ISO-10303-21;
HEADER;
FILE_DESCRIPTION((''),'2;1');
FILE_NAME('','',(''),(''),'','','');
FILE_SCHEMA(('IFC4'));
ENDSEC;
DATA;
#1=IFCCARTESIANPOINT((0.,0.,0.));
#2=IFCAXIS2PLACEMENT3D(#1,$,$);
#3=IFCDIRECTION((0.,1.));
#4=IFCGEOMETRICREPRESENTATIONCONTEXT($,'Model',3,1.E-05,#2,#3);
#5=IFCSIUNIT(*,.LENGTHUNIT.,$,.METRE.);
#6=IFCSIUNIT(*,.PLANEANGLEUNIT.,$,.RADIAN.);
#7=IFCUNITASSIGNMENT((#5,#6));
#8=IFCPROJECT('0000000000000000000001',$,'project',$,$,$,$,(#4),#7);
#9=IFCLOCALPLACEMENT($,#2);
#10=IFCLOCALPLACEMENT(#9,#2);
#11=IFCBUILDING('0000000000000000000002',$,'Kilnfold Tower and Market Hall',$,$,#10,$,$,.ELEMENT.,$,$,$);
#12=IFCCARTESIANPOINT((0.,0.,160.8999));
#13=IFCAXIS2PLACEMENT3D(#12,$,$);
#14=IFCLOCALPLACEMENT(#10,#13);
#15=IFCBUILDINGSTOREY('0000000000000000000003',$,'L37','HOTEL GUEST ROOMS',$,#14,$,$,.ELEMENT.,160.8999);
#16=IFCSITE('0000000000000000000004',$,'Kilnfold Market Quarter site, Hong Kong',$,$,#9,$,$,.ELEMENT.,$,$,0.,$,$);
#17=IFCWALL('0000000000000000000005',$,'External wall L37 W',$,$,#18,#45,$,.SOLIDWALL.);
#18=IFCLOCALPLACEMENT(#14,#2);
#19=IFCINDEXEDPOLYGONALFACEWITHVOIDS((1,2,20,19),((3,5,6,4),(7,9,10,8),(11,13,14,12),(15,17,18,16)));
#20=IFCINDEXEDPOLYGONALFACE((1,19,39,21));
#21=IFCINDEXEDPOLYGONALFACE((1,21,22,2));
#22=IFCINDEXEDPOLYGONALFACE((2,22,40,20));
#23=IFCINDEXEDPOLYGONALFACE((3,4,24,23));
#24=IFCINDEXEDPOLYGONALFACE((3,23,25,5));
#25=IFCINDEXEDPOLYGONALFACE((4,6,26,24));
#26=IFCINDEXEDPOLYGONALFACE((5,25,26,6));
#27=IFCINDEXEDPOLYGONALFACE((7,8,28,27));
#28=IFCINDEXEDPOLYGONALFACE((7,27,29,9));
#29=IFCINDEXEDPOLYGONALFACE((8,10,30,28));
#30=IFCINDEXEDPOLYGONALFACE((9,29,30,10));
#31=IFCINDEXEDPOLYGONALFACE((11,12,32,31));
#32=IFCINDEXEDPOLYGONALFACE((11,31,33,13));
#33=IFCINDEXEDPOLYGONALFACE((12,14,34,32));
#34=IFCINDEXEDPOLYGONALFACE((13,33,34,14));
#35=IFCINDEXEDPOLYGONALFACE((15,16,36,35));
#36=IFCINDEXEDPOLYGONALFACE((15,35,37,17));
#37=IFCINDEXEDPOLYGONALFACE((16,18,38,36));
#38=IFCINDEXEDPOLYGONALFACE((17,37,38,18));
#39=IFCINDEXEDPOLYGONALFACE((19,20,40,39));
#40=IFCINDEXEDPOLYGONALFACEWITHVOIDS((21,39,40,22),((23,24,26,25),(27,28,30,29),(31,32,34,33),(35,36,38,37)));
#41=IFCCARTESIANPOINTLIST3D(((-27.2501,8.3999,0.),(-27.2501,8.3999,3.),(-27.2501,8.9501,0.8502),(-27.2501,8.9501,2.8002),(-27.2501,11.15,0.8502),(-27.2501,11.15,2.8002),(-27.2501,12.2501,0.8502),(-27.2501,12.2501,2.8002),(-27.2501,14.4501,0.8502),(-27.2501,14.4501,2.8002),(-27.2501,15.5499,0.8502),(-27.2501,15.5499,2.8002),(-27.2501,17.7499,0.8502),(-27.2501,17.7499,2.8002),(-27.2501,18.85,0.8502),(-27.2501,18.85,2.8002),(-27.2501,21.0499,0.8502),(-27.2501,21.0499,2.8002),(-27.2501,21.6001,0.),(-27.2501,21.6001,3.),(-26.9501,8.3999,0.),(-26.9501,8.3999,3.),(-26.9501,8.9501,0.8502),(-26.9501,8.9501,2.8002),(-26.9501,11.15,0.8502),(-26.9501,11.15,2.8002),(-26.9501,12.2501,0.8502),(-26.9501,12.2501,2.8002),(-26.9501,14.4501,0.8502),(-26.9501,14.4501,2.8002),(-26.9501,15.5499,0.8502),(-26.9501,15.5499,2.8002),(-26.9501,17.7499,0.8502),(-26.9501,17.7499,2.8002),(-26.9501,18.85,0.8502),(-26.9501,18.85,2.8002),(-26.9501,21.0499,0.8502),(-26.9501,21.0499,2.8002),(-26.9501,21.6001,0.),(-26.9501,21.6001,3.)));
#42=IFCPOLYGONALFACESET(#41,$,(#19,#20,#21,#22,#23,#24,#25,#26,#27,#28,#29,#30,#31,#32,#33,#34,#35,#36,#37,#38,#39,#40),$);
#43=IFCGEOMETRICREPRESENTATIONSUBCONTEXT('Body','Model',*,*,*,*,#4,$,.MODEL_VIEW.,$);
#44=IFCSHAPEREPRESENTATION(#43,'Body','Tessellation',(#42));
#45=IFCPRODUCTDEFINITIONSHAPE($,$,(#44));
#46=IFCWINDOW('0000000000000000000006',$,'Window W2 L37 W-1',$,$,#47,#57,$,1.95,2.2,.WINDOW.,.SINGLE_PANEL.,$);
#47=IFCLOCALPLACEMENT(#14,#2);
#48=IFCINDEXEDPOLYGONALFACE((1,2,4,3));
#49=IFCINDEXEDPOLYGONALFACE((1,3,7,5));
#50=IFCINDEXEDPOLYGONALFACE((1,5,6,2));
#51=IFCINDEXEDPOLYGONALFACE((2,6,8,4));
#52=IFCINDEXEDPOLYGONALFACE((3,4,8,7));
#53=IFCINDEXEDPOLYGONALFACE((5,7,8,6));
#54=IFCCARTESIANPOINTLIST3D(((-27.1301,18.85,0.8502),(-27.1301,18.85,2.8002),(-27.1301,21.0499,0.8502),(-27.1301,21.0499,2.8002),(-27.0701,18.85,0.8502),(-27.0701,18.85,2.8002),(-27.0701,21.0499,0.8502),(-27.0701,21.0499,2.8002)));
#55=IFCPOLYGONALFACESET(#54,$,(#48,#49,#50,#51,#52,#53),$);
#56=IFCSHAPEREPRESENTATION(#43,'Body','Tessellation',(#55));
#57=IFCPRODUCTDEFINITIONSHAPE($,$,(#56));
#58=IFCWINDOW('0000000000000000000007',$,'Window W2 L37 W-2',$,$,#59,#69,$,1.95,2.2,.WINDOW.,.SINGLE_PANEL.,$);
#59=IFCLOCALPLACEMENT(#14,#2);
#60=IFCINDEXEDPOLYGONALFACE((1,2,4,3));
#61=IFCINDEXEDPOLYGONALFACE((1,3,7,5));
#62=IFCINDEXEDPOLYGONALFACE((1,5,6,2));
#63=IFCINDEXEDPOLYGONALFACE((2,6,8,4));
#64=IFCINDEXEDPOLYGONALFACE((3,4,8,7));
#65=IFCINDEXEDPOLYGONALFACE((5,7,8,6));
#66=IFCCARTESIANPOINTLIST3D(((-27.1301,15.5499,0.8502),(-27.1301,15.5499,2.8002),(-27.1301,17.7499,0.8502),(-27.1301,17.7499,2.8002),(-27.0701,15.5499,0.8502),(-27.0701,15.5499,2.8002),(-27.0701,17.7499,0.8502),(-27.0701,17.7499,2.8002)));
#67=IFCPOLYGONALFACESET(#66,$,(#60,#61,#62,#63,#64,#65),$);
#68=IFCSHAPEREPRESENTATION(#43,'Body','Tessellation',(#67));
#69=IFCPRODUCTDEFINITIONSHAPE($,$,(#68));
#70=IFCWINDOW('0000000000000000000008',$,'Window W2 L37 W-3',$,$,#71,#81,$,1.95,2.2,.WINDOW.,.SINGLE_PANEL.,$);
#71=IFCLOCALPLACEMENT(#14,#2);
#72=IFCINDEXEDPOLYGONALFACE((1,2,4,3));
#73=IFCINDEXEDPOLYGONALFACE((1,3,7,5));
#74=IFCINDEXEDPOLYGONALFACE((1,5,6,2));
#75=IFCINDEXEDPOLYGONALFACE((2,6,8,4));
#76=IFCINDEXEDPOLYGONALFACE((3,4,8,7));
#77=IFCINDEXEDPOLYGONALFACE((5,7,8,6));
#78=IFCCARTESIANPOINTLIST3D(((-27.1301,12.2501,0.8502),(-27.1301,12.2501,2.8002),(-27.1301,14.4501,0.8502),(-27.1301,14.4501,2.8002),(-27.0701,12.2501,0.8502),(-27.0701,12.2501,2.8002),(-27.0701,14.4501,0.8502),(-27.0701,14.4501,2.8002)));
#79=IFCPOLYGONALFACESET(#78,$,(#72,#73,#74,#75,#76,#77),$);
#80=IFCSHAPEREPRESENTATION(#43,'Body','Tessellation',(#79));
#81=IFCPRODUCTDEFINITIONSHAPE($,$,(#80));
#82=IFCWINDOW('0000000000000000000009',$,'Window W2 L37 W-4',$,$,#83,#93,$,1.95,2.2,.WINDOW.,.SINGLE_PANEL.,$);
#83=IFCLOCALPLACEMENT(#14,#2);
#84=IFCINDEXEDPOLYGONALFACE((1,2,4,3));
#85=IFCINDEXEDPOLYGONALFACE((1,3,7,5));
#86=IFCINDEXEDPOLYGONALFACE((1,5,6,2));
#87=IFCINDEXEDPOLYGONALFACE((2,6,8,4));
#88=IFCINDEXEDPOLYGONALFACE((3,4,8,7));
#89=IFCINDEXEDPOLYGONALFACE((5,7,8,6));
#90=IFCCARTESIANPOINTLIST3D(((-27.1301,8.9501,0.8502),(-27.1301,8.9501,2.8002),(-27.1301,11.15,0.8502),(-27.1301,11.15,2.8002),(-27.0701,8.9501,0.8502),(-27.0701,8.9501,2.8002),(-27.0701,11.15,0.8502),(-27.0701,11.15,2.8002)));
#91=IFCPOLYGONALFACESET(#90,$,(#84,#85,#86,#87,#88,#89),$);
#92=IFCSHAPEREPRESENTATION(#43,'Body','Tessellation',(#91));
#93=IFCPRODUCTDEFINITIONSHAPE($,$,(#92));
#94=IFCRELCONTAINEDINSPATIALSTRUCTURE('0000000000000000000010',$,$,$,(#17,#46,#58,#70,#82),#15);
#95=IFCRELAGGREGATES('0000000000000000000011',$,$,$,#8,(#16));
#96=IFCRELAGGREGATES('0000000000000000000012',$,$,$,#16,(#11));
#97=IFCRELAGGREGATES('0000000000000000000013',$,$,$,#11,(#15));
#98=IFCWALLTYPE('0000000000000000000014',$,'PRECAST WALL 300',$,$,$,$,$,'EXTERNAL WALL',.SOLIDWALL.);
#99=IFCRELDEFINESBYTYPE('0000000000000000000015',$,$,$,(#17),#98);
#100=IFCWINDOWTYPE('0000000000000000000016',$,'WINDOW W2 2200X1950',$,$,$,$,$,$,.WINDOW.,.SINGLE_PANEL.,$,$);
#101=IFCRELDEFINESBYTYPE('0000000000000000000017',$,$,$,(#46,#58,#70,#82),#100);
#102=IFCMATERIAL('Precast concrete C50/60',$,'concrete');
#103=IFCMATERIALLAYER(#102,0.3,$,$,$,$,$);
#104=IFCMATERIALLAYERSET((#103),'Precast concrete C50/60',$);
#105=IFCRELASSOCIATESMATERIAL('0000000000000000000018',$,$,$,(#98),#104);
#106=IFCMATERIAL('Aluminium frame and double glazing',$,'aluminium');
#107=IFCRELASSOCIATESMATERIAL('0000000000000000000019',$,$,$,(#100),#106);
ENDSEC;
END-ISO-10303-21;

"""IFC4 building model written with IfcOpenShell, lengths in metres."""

from ifc_helpers import new_model, si_unit, direction, frame, frame_2d, origin, place, context, subcontext, project, spatial, rectangle, extrude, source, transform, mapped, material, layer, layer_set, type_object, element, fill, save


model = new_model("IFC4")

# Units and contexts
model_context = context("Model", 3, precision=1e-05, world=origin(), true_north=direction((0.0, 1.0)))
body_context = subcontext(model_context, "Body", "Model", "MODEL_VIEW")
ifc_project = project(units=[si_unit("LENGTHUNIT", "METRE"), si_unit("PLANEANGLEUNIT", "RADIAN")], contexts=[model_context])

# Site, building, storey
site_placement = place(None, origin())
site = spatial("IfcSite", under=ifc_project, at=site_placement, Name="Kilnfold Market Quarter site, Hong Kong", CompositionType="ELEMENT", RefElevation=0.0)
building_placement = place(site_placement, origin())
building = spatial("IfcBuilding", under=site, at=building_placement, Name="Kilnfold Tower and Market Hall", CompositionType="ELEMENT")
storey_placement = place(building_placement, frame((0.0, 0.0, 160.8999)))
storey = spatial("IfcBuildingStorey", under=building, at=storey_placement, Name="L37", Description="HOTEL GUEST ROOMS", CompositionType="ELEMENT", Elevation=160.8999)

# Wall, openings, windows
ifc_material_1 = material(Name="Precast concrete C50/60", Category="concrete")
ifc_layer_1 = layer(ifc_material_1, 0.3)
ifc_layer_set_1 = layer_set([ifc_layer_1], Name="Precast concrete C50/60")
wall_type_1 = type_object("IfcWallType", Name="PRECAST WALL 300", ElementType="EXTERNAL WALL", PredefinedType="SOLIDWALL", material=ifc_layer_set_1)
shared_shape_1 = source(origin(), body_context, "Body", "SweptSolid", [
    extrude(rectangle(XDim=13.2002, YDim=0.3, at=frame_2d((6.6001, 0.0))), origin(), (0.0, 0.0, 1.0), 3.0),
])
wall_1_placement = place(storey_placement, frame((-27.1001, 21.6001, 0.0), z_axis=(0.0, 0.0, 1.0), x_axis=(0.0, -1.0, 0.0)))
wall_1 = element("IfcWall", 1, at=wall_1_placement, inside=storey, type_object=wall_type_1, Name="External wall L37 W", PredefinedType="SOLIDWALL", context=body_context, shape_type="MappedRepresentation", body=[
    mapped(shared_shape_1, transform((0.0, 0.0, 0.0))),
])
opening_1_placement = place(wall_1_placement, frame((0.55, 0.0, 0.8501)))
opening_1 = element("IfcOpeningElement", 2, at=opening_1_placement, cuts=wall_1, PredefinedType="OPENING", context=body_context, shape_type="SweptSolid", body=[
    extrude(rectangle(XDim=2.2, YDim=1.95, at=frame_2d((1.1001, 0.9751))), frame((0.0, 0.1602, 0.0), z_axis=(0.0, -1.0, 0.0), x_axis=(1.0, 0.0, 0.0)), (0.0, 0.0, 1.0), 0.3201),
])
opening_2_placement = place(wall_1_placement, frame((3.8501, 0.0, 0.8501)))
opening_2 = element("IfcOpeningElement", 3, at=opening_2_placement, cuts=wall_1, PredefinedType="OPENING", context=body_context, shape_type="SweptSolid", body=[
    extrude(rectangle(XDim=2.2, YDim=1.95, at=frame_2d((1.1001, 0.9751))), frame((0.0, 0.1602, 0.0), z_axis=(0.0, -1.0, 0.0), x_axis=(1.0, 0.0, 0.0)), (0.0, 0.0, 1.0), 0.3201),
])
opening_3_placement = place(wall_1_placement, frame((7.1499, 0.0, 0.8501)))
opening_3 = element("IfcOpeningElement", 4, at=opening_3_placement, cuts=wall_1, PredefinedType="OPENING", context=body_context, shape_type="SweptSolid", body=[
    extrude(rectangle(XDim=2.2, YDim=1.95, at=frame_2d((1.1001, 0.9751))), frame((0.0, 0.1602, 0.0), z_axis=(0.0, -1.0, 0.0), x_axis=(1.0, 0.0, 0.0)), (0.0, 0.0, 1.0), 0.3201),
])
opening_4_placement = place(wall_1_placement, frame((10.45, 0.0, 0.8501)))
opening_4 = element("IfcOpeningElement", 5, at=opening_4_placement, cuts=wall_1, PredefinedType="OPENING", context=body_context, shape_type="SweptSolid", body=[
    extrude(rectangle(XDim=2.2, YDim=1.95, at=frame_2d((1.1001, 0.9751))), frame((0.0, 0.1602, 0.0), z_axis=(0.0, -1.0, 0.0), x_axis=(1.0, 0.0, 0.0)), (0.0, 0.0, 1.0), 0.3201),
])
ifc_material_2 = material(Name="Aluminium frame and double glazing", Category="aluminium")
window_type = type_object("IfcWindowType", Name="WINDOW W2 2200X1950", PartitioningType="SINGLE_PANEL", PredefinedType="WINDOW", material=ifc_material_2)
window_1_placement = place(opening_1_placement, origin())
window_1 = element("IfcWindow", 6, at=window_1_placement, inside=storey, type_object=window_type, Name="Window W2 L37 W-1", OverallHeight=1.95, OverallWidth=2.2, PartitioningType="SINGLE_PANEL", PredefinedType="WINDOW", context=body_context, shape_type="SweptSolid", body=[
    extrude(rectangle(XDim=2.2, YDim=1.95, at=frame_2d((1.1001, 0.9751))), frame((0.0, 0.03, 0.0), z_axis=(0.0, -1.0, 0.0), x_axis=(1.0, 0.0, 0.0)), (0.0, 0.0, 1.0), 0.0601),
])
fill(opening_1, window_1)
window_2_placement = place(opening_2_placement, origin())
window_2 = element("IfcWindow", 7, at=window_2_placement, inside=storey, type_object=window_type, Name="Window W2 L37 W-2", OverallHeight=1.95, OverallWidth=2.2, PartitioningType="SINGLE_PANEL", PredefinedType="WINDOW", context=body_context, shape_type="SweptSolid", body=[
    extrude(rectangle(XDim=2.2, YDim=1.95, at=frame_2d((1.1001, 0.9751))), frame((0.0, 0.03, 0.0), z_axis=(0.0, -1.0, 0.0), x_axis=(1.0, 0.0, 0.0)), (0.0, 0.0, 1.0), 0.0601),
])
fill(opening_2, window_2)
window_3_placement = place(opening_3_placement, origin())
window_3 = element("IfcWindow", 8, at=window_3_placement, inside=storey, type_object=window_type, Name="Window W2 L37 W-3", OverallHeight=1.95, OverallWidth=2.2, PartitioningType="SINGLE_PANEL", PredefinedType="WINDOW", context=body_context, shape_type="SweptSolid", body=[
    extrude(rectangle(XDim=2.2, YDim=1.95, at=frame_2d((1.1001, 0.9751))), frame((0.0, 0.03, 0.0), z_axis=(0.0, -1.0, 0.0), x_axis=(1.0, 0.0, 0.0)), (0.0, 0.0, 1.0), 0.0601),
])
fill(opening_3, window_3)
window_4_placement = place(opening_4_placement, origin())
window_4 = element("IfcWindow", 9, at=window_4_placement, inside=storey, type_object=window_type, Name="Window W2 L37 W-4", OverallHeight=1.95, OverallWidth=2.2, PartitioningType="SINGLE_PANEL", PredefinedType="WINDOW", context=body_context, shape_type="SweptSolid", body=[
    extrude(rectangle(XDim=2.2, YDim=1.95, at=frame_2d((1.1001, 0.9751))), frame((0.0, 0.03, 0.0), z_axis=(0.0, -1.0, 0.0), x_axis=(1.0, 0.0, 0.0)), (0.0, 0.0, 1.0), 0.0601),
])
fill(opening_4, window_4)

save(model, "model.ifc")
